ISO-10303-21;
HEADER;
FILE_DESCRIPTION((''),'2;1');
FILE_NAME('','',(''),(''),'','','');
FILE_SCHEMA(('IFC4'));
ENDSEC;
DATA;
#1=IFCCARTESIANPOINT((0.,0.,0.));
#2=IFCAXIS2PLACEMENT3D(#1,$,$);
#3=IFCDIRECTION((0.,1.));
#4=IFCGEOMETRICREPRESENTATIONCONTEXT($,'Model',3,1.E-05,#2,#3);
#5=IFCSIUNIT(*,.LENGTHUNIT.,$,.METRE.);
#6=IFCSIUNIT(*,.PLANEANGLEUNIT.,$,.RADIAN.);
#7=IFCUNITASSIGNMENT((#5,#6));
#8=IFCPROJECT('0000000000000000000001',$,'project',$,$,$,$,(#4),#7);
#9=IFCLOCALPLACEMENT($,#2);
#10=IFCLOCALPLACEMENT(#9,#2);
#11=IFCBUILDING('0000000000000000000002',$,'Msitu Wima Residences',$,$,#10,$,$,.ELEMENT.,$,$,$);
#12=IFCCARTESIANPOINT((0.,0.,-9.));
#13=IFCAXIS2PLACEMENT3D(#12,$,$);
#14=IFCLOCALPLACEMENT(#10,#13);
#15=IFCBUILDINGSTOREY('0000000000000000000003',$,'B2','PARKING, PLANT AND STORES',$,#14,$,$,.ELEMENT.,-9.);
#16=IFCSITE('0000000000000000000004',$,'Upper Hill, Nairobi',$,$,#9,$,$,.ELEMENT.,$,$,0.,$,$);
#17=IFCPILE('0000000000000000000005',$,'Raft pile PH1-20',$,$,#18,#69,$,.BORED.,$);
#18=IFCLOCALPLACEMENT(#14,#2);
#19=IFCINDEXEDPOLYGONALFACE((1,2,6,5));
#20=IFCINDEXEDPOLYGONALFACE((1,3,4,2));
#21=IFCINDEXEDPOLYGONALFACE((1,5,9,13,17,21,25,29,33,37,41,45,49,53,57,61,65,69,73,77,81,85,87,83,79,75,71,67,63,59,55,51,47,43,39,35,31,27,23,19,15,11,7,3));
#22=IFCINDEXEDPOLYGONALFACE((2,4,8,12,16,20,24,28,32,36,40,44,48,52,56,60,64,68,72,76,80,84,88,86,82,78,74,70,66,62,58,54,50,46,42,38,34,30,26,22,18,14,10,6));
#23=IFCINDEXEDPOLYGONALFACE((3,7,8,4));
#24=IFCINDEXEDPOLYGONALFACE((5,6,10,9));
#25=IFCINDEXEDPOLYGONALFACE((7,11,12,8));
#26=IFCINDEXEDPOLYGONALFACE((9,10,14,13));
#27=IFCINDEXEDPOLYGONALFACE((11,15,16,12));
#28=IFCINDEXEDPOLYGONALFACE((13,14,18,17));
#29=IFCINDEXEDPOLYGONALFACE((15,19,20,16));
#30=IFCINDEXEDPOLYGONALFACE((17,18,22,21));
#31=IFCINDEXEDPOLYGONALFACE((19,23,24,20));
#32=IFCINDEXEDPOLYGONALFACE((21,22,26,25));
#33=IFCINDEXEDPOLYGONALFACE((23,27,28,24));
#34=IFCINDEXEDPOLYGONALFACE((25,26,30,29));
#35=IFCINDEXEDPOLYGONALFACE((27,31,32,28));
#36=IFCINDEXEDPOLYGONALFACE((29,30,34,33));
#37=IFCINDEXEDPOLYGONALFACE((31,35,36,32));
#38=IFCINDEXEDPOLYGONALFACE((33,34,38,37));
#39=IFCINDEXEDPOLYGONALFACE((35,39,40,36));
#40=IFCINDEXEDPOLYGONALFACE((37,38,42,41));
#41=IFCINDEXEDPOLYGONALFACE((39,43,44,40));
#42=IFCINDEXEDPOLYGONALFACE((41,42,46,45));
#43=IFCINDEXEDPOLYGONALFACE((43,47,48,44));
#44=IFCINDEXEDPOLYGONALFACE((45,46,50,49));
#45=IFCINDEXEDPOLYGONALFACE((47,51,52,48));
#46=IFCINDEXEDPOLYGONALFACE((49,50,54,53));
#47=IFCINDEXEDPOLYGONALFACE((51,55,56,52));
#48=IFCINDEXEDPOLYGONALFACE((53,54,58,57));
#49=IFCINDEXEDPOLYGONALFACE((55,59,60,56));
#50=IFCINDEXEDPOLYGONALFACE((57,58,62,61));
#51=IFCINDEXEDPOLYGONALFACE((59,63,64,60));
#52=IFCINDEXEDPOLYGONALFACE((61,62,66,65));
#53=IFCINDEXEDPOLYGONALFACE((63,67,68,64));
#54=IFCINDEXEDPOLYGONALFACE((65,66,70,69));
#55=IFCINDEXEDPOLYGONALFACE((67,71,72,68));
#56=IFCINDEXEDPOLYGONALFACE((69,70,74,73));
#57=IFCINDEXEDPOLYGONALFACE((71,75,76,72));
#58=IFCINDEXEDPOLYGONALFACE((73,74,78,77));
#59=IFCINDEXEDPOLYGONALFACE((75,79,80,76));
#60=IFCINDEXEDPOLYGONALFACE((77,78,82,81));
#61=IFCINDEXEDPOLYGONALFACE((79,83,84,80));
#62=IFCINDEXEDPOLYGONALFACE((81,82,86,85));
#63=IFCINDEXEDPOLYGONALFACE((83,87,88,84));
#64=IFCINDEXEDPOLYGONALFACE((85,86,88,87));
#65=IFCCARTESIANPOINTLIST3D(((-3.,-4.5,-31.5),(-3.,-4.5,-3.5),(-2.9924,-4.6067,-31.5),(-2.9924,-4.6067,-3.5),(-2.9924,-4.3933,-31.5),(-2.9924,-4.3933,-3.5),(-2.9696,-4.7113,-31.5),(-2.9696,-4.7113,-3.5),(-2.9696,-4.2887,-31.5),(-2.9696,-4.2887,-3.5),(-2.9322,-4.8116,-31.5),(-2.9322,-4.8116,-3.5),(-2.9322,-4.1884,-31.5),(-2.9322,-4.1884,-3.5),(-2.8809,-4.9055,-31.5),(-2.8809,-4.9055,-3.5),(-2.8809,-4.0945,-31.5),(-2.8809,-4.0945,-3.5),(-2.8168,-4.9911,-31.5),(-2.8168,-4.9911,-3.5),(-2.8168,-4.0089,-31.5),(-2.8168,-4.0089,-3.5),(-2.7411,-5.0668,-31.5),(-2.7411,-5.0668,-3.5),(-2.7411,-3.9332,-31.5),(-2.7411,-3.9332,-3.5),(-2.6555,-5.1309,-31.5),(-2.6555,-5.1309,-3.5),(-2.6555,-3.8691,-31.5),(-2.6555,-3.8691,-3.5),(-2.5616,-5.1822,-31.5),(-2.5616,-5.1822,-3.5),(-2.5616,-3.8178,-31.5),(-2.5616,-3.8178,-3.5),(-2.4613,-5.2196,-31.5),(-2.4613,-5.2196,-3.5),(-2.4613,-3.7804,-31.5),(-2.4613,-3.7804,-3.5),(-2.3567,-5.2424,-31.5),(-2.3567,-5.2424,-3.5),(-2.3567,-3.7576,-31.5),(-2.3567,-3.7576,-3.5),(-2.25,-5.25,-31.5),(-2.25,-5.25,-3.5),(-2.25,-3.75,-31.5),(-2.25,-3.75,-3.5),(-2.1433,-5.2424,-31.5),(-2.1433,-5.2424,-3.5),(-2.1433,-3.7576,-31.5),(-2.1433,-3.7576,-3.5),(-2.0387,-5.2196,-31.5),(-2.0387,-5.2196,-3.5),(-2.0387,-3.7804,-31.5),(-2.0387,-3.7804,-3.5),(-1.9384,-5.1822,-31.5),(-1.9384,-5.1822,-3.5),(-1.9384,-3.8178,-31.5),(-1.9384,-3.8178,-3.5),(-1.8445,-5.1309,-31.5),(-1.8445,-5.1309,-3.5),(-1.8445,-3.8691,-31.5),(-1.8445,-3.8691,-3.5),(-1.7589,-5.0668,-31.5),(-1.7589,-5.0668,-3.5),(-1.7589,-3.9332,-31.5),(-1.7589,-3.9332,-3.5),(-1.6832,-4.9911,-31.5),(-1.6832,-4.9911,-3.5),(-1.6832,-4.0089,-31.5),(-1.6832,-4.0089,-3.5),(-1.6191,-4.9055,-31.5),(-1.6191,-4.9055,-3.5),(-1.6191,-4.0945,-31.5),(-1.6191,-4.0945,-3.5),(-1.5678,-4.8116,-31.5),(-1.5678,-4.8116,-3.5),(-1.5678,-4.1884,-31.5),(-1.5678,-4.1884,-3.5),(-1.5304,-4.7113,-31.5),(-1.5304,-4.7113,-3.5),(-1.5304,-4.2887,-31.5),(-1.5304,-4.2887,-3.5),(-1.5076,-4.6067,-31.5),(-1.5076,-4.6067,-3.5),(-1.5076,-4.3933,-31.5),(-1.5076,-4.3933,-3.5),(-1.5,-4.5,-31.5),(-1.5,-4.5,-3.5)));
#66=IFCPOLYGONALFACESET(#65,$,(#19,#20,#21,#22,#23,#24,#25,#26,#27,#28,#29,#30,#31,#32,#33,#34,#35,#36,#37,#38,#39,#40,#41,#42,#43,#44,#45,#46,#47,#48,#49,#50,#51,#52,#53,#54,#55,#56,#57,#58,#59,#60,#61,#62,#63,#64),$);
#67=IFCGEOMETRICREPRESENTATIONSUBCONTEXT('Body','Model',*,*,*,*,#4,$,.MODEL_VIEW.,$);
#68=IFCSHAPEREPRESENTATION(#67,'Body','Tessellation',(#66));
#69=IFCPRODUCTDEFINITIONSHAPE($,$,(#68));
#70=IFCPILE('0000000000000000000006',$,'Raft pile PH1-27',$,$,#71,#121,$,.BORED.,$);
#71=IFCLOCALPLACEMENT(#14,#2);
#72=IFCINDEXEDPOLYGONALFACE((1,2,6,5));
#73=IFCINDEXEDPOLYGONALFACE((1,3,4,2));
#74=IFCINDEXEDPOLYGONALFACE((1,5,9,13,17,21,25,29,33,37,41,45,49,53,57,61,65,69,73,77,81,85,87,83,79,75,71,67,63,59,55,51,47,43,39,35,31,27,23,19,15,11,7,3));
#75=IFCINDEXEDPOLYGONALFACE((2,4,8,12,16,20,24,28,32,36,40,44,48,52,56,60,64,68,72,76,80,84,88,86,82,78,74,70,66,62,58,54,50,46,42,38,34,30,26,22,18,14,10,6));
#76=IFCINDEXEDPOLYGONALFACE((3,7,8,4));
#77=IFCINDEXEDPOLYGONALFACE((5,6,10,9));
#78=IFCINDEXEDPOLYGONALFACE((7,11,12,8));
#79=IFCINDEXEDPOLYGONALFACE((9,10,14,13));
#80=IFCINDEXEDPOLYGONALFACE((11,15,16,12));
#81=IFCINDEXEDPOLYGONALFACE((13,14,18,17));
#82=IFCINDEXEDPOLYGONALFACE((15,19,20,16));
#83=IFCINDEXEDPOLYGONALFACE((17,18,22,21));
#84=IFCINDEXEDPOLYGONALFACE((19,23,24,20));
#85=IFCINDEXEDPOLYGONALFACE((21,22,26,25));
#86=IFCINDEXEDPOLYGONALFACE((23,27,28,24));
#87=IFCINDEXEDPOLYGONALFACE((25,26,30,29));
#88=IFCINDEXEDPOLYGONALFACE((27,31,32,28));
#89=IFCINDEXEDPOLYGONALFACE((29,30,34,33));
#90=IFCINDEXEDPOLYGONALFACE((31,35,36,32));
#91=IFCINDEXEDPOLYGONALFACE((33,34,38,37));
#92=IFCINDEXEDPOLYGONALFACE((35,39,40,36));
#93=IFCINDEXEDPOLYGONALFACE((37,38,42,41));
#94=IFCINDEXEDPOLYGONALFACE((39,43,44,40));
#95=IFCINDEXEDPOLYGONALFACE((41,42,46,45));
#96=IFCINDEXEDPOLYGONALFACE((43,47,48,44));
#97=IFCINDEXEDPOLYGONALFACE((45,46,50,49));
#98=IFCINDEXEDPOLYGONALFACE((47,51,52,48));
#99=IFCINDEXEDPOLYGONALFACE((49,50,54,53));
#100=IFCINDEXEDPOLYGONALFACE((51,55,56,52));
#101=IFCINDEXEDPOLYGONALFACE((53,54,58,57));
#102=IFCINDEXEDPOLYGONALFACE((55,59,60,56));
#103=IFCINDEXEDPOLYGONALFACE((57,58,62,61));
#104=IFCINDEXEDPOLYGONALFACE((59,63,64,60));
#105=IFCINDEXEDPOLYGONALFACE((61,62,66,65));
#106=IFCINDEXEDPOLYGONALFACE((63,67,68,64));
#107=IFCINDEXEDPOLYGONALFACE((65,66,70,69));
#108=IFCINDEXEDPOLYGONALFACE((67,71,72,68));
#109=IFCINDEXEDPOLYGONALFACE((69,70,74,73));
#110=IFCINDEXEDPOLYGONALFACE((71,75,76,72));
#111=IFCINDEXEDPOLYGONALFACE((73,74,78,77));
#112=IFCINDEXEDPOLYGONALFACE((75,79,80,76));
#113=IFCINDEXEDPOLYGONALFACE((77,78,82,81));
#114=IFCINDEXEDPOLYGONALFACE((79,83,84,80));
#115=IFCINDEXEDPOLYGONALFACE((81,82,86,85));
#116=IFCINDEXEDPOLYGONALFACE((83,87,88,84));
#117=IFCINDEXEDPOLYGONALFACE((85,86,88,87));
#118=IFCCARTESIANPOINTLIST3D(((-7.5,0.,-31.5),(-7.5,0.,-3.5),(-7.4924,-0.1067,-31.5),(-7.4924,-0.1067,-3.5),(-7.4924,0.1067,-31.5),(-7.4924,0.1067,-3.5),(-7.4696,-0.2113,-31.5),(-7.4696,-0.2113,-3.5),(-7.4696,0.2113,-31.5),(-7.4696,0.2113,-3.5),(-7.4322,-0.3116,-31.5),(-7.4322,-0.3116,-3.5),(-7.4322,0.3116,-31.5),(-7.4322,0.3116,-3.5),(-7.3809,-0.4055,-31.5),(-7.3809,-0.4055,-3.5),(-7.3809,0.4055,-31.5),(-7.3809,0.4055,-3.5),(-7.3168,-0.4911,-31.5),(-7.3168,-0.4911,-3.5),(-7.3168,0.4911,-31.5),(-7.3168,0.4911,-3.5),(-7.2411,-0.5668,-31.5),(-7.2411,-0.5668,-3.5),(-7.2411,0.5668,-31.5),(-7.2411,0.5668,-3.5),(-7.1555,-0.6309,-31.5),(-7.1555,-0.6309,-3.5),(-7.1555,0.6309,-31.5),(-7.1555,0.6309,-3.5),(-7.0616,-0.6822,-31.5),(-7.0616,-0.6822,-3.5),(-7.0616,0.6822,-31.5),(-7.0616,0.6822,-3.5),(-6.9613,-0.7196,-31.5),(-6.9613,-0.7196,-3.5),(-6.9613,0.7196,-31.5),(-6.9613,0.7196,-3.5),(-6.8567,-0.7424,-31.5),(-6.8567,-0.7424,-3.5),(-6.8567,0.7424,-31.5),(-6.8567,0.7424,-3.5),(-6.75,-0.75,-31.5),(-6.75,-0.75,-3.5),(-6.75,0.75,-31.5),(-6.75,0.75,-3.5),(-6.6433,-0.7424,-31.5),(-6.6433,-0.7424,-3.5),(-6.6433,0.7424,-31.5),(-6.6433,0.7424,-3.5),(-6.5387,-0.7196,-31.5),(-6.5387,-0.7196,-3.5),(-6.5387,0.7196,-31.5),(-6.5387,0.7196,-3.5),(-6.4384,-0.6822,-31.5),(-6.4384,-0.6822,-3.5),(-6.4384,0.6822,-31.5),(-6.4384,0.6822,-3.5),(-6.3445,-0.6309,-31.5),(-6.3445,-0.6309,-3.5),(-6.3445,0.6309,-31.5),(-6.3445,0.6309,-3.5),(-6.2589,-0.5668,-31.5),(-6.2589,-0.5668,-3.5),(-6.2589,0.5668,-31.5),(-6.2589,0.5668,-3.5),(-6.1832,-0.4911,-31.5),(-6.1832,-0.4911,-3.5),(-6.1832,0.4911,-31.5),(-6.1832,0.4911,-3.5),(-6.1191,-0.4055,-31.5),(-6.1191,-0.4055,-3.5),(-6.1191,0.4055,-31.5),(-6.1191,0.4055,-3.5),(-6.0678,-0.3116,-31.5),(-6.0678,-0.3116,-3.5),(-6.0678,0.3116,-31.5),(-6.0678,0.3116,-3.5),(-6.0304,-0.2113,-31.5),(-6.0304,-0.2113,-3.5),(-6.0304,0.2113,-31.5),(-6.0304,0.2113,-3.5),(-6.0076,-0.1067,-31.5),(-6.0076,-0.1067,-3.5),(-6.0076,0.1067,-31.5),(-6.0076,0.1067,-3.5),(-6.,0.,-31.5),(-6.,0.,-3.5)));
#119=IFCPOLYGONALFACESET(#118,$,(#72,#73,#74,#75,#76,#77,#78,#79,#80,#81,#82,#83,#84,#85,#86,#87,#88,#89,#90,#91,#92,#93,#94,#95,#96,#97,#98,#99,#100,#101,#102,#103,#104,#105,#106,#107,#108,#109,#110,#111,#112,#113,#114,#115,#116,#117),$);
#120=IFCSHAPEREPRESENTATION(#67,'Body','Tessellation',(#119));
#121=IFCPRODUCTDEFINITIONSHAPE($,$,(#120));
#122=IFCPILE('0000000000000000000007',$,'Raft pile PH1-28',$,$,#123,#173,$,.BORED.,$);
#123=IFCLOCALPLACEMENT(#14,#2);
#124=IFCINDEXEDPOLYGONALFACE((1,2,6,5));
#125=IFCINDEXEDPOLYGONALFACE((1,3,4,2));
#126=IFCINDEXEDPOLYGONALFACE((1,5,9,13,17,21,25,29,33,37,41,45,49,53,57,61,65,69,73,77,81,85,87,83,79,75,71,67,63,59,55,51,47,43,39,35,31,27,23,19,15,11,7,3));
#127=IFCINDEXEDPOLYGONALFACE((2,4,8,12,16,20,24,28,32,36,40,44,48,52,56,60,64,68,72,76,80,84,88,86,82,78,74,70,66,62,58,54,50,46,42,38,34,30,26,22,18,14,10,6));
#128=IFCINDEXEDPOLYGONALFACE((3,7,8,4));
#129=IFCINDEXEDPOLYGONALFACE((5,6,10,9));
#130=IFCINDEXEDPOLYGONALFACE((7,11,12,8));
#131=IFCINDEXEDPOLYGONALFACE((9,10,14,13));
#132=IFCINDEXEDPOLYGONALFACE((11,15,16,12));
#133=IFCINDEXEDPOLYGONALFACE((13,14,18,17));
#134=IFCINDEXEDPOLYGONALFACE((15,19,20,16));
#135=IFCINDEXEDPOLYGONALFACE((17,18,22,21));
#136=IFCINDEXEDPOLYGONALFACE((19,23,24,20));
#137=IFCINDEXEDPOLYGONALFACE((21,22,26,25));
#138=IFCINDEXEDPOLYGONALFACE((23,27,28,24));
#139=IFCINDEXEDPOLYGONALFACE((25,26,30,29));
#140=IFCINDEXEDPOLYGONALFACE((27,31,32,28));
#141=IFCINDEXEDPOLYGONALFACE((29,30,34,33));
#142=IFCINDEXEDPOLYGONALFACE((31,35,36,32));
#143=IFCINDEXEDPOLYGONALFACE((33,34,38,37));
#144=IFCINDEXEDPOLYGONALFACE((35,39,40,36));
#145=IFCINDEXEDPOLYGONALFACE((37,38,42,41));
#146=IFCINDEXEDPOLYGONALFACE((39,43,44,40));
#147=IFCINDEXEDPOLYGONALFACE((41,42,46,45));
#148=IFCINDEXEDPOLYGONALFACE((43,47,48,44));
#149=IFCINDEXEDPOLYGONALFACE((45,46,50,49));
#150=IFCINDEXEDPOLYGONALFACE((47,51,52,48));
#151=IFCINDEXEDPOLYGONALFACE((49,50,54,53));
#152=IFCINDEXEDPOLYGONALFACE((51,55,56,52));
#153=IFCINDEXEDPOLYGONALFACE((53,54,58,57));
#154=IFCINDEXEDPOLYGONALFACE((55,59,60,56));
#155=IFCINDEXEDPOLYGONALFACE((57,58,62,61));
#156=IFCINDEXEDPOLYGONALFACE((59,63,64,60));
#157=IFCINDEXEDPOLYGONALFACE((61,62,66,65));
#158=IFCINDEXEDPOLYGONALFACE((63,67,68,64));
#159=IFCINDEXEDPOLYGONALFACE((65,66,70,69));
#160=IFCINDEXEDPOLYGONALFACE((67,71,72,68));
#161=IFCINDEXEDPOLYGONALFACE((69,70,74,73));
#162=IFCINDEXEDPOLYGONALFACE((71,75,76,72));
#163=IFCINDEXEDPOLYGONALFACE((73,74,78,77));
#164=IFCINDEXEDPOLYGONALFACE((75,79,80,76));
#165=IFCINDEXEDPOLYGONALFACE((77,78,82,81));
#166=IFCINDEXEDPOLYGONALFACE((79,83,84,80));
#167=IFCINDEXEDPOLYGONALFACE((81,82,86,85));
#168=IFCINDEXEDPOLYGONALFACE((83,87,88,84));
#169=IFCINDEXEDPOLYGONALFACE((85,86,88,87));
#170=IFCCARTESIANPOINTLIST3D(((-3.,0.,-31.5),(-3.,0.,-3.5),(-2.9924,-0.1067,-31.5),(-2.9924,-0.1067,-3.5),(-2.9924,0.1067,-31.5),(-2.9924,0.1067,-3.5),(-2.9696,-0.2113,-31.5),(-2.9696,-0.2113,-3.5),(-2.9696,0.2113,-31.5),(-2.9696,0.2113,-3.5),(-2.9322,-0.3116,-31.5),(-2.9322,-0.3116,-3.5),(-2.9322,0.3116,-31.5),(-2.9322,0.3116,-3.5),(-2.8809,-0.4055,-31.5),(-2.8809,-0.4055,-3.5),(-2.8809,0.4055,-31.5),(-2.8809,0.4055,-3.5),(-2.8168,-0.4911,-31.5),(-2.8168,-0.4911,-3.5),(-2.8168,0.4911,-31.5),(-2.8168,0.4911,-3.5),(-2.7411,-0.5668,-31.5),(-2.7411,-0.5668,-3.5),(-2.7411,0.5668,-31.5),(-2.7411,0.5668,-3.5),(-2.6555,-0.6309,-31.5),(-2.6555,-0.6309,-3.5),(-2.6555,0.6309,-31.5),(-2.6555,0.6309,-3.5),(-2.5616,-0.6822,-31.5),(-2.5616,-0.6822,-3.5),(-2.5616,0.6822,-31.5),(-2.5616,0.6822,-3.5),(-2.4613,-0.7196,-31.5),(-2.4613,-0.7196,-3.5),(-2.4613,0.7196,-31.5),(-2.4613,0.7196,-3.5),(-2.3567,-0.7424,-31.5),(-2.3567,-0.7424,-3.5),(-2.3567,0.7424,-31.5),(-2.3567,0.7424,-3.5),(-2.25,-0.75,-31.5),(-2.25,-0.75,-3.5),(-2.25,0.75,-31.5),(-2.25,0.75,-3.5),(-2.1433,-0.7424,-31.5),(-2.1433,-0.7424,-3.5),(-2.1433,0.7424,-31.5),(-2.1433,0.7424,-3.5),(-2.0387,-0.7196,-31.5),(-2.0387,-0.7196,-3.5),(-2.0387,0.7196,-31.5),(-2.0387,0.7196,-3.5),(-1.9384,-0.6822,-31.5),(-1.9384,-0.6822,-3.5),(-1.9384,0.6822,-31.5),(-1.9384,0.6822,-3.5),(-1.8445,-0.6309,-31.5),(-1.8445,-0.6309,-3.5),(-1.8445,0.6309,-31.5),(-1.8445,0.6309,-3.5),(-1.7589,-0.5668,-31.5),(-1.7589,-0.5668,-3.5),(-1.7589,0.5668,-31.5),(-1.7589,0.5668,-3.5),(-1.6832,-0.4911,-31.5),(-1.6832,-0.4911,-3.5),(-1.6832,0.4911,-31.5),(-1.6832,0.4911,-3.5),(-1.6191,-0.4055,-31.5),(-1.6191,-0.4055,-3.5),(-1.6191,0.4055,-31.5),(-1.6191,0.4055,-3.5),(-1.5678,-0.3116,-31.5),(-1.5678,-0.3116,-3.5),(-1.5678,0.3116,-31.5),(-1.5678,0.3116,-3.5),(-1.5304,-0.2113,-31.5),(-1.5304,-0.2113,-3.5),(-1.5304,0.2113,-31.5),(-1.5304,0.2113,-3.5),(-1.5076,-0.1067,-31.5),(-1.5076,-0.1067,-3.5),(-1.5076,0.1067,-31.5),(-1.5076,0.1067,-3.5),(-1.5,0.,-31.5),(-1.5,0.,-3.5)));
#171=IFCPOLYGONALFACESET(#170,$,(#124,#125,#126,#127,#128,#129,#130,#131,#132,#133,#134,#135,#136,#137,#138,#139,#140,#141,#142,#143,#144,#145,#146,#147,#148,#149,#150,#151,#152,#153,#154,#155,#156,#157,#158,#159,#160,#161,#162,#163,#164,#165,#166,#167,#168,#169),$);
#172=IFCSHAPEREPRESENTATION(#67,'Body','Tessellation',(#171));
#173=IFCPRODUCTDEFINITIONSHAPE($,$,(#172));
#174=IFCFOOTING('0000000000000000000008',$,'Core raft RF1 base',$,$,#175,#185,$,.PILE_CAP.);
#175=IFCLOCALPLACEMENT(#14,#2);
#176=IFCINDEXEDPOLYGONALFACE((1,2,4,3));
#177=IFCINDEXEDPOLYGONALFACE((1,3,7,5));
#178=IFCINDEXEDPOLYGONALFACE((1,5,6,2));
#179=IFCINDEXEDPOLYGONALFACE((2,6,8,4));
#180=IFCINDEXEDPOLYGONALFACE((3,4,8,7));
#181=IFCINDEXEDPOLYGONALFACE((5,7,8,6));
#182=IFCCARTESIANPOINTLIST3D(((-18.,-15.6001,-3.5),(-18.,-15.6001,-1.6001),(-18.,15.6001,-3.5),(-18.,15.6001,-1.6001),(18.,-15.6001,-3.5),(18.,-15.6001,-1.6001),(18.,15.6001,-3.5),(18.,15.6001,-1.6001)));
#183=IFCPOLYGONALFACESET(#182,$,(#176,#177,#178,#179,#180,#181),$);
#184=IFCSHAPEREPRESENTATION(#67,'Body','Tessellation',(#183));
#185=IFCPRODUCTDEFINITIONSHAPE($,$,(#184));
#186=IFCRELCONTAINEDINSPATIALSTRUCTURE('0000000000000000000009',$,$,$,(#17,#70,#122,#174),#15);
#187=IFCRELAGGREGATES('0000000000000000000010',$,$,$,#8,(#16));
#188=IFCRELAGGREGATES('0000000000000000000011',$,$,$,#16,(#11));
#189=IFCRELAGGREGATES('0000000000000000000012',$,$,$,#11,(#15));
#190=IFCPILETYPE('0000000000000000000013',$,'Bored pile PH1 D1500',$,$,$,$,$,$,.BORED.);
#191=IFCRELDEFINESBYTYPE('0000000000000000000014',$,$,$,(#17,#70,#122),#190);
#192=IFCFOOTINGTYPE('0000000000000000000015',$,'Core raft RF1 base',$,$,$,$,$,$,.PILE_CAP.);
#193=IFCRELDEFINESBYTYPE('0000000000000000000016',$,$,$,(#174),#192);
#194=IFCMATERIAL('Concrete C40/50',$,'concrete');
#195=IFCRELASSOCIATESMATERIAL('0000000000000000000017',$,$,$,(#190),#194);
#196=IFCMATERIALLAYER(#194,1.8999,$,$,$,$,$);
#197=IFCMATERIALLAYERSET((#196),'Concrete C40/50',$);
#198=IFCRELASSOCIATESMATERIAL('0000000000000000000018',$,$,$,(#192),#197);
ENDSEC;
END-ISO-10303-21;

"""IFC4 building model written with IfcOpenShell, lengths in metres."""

from ifc_helpers import new_model, si_unit, direction, frame, origin, origin_2d, place, context, subcontext, project, spatial, polyline, circle, outline, extrude, material, layer, layer_set, type_object, element, save


model = new_model("IFC4")

# Units and contexts
model_context = context("Model", 3, precision=1e-05, world=origin(), true_north=direction((0.0, 1.0)))
body_context = subcontext(model_context, "Body", "Model", "MODEL_VIEW")
ifc_project = project(units=[si_unit("LENGTHUNIT", "METRE"), si_unit("PLANEANGLEUNIT", "RADIAN")], contexts=[model_context])

# Site, building, storey
site_placement = place(None, origin())
site = spatial("IfcSite", under=ifc_project, at=site_placement, Name="Upper Hill, Nairobi", CompositionType="ELEMENT", RefElevation=0.0)
building_placement = place(site_placement, origin())
building = spatial("IfcBuilding", under=site, at=building_placement, Name="Msitu Wima Residences", CompositionType="ELEMENT")
storey_placement = place(building_placement, frame((0.0, 0.0, -9.0)))
storey = spatial("IfcBuildingStorey", under=building, at=storey_placement, Name="B2", Description="PARKING, PLANT AND STORES", CompositionType="ELEMENT", Elevation=-9.0)

# Piles
ifc_material_1 = material(Name="Concrete C40/50", Category="concrete")
pile_type = type_object("IfcPileType", Name="Bored pile PH1 D1500", PredefinedType="BORED", material=ifc_material_1)
for number, where, z_axis, x_axis, name in (
    (1, (-2.25, -4.5, -3.5), (0.0, 0.0, -1.0), (1.0, 0.0, 0.0), "Raft pile PH1-20"),
    (2, (-6.75, 0.0, -3.5), (0.0, 0.0, -1.0), (1.0, 0.0, 0.0), "Raft pile PH1-27"),
    (3, (-2.25, 0.0, -3.5), (0.0, 0.0, -1.0), (1.0, 0.0, 0.0), "Raft pile PH1-28"),
):
    element("IfcPile", number, at=place(storey_placement, frame(where, z_axis=z_axis, x_axis=x_axis)), inside=storey, type_object=pile_type, Name=name, PredefinedType="BORED", context=body_context, shape_type="SweptSolid", body=[
        extrude(circle(Radius=0.75, at=origin_2d()), origin(), (0.0, 0.0, 1.0), 28.0),
    ])

# Footing
ifc_layer_1 = layer(ifc_material_1, 1.8999)
ifc_layer_set_1 = layer_set([ifc_layer_1], Name="Concrete C40/50")
footing_type_1 = type_object("IfcFootingType", Name="Core raft RF1 base", PredefinedType="PILE_CAP", material=ifc_layer_set_1)
footing_1_placement = place(storey_placement, frame((0.0, 0.0, -3.5)))
element("IfcFooting", 4, at=footing_1_placement, inside=storey, type_object=footing_type_1, Name="Core raft RF1 base", PredefinedType="PILE_CAP", context=body_context, shape_type="SweptSolid", body=[
    extrude(outline(polyline([(18.0, -15.6001), (18.0, 15.6001), (-18.0, 15.6001), (-18.0, -15.6001), (18.0, -15.6001)])), origin(), (0.0, 0.0, 1.0), 1.8999),
])

save(model, "model.ifc")
